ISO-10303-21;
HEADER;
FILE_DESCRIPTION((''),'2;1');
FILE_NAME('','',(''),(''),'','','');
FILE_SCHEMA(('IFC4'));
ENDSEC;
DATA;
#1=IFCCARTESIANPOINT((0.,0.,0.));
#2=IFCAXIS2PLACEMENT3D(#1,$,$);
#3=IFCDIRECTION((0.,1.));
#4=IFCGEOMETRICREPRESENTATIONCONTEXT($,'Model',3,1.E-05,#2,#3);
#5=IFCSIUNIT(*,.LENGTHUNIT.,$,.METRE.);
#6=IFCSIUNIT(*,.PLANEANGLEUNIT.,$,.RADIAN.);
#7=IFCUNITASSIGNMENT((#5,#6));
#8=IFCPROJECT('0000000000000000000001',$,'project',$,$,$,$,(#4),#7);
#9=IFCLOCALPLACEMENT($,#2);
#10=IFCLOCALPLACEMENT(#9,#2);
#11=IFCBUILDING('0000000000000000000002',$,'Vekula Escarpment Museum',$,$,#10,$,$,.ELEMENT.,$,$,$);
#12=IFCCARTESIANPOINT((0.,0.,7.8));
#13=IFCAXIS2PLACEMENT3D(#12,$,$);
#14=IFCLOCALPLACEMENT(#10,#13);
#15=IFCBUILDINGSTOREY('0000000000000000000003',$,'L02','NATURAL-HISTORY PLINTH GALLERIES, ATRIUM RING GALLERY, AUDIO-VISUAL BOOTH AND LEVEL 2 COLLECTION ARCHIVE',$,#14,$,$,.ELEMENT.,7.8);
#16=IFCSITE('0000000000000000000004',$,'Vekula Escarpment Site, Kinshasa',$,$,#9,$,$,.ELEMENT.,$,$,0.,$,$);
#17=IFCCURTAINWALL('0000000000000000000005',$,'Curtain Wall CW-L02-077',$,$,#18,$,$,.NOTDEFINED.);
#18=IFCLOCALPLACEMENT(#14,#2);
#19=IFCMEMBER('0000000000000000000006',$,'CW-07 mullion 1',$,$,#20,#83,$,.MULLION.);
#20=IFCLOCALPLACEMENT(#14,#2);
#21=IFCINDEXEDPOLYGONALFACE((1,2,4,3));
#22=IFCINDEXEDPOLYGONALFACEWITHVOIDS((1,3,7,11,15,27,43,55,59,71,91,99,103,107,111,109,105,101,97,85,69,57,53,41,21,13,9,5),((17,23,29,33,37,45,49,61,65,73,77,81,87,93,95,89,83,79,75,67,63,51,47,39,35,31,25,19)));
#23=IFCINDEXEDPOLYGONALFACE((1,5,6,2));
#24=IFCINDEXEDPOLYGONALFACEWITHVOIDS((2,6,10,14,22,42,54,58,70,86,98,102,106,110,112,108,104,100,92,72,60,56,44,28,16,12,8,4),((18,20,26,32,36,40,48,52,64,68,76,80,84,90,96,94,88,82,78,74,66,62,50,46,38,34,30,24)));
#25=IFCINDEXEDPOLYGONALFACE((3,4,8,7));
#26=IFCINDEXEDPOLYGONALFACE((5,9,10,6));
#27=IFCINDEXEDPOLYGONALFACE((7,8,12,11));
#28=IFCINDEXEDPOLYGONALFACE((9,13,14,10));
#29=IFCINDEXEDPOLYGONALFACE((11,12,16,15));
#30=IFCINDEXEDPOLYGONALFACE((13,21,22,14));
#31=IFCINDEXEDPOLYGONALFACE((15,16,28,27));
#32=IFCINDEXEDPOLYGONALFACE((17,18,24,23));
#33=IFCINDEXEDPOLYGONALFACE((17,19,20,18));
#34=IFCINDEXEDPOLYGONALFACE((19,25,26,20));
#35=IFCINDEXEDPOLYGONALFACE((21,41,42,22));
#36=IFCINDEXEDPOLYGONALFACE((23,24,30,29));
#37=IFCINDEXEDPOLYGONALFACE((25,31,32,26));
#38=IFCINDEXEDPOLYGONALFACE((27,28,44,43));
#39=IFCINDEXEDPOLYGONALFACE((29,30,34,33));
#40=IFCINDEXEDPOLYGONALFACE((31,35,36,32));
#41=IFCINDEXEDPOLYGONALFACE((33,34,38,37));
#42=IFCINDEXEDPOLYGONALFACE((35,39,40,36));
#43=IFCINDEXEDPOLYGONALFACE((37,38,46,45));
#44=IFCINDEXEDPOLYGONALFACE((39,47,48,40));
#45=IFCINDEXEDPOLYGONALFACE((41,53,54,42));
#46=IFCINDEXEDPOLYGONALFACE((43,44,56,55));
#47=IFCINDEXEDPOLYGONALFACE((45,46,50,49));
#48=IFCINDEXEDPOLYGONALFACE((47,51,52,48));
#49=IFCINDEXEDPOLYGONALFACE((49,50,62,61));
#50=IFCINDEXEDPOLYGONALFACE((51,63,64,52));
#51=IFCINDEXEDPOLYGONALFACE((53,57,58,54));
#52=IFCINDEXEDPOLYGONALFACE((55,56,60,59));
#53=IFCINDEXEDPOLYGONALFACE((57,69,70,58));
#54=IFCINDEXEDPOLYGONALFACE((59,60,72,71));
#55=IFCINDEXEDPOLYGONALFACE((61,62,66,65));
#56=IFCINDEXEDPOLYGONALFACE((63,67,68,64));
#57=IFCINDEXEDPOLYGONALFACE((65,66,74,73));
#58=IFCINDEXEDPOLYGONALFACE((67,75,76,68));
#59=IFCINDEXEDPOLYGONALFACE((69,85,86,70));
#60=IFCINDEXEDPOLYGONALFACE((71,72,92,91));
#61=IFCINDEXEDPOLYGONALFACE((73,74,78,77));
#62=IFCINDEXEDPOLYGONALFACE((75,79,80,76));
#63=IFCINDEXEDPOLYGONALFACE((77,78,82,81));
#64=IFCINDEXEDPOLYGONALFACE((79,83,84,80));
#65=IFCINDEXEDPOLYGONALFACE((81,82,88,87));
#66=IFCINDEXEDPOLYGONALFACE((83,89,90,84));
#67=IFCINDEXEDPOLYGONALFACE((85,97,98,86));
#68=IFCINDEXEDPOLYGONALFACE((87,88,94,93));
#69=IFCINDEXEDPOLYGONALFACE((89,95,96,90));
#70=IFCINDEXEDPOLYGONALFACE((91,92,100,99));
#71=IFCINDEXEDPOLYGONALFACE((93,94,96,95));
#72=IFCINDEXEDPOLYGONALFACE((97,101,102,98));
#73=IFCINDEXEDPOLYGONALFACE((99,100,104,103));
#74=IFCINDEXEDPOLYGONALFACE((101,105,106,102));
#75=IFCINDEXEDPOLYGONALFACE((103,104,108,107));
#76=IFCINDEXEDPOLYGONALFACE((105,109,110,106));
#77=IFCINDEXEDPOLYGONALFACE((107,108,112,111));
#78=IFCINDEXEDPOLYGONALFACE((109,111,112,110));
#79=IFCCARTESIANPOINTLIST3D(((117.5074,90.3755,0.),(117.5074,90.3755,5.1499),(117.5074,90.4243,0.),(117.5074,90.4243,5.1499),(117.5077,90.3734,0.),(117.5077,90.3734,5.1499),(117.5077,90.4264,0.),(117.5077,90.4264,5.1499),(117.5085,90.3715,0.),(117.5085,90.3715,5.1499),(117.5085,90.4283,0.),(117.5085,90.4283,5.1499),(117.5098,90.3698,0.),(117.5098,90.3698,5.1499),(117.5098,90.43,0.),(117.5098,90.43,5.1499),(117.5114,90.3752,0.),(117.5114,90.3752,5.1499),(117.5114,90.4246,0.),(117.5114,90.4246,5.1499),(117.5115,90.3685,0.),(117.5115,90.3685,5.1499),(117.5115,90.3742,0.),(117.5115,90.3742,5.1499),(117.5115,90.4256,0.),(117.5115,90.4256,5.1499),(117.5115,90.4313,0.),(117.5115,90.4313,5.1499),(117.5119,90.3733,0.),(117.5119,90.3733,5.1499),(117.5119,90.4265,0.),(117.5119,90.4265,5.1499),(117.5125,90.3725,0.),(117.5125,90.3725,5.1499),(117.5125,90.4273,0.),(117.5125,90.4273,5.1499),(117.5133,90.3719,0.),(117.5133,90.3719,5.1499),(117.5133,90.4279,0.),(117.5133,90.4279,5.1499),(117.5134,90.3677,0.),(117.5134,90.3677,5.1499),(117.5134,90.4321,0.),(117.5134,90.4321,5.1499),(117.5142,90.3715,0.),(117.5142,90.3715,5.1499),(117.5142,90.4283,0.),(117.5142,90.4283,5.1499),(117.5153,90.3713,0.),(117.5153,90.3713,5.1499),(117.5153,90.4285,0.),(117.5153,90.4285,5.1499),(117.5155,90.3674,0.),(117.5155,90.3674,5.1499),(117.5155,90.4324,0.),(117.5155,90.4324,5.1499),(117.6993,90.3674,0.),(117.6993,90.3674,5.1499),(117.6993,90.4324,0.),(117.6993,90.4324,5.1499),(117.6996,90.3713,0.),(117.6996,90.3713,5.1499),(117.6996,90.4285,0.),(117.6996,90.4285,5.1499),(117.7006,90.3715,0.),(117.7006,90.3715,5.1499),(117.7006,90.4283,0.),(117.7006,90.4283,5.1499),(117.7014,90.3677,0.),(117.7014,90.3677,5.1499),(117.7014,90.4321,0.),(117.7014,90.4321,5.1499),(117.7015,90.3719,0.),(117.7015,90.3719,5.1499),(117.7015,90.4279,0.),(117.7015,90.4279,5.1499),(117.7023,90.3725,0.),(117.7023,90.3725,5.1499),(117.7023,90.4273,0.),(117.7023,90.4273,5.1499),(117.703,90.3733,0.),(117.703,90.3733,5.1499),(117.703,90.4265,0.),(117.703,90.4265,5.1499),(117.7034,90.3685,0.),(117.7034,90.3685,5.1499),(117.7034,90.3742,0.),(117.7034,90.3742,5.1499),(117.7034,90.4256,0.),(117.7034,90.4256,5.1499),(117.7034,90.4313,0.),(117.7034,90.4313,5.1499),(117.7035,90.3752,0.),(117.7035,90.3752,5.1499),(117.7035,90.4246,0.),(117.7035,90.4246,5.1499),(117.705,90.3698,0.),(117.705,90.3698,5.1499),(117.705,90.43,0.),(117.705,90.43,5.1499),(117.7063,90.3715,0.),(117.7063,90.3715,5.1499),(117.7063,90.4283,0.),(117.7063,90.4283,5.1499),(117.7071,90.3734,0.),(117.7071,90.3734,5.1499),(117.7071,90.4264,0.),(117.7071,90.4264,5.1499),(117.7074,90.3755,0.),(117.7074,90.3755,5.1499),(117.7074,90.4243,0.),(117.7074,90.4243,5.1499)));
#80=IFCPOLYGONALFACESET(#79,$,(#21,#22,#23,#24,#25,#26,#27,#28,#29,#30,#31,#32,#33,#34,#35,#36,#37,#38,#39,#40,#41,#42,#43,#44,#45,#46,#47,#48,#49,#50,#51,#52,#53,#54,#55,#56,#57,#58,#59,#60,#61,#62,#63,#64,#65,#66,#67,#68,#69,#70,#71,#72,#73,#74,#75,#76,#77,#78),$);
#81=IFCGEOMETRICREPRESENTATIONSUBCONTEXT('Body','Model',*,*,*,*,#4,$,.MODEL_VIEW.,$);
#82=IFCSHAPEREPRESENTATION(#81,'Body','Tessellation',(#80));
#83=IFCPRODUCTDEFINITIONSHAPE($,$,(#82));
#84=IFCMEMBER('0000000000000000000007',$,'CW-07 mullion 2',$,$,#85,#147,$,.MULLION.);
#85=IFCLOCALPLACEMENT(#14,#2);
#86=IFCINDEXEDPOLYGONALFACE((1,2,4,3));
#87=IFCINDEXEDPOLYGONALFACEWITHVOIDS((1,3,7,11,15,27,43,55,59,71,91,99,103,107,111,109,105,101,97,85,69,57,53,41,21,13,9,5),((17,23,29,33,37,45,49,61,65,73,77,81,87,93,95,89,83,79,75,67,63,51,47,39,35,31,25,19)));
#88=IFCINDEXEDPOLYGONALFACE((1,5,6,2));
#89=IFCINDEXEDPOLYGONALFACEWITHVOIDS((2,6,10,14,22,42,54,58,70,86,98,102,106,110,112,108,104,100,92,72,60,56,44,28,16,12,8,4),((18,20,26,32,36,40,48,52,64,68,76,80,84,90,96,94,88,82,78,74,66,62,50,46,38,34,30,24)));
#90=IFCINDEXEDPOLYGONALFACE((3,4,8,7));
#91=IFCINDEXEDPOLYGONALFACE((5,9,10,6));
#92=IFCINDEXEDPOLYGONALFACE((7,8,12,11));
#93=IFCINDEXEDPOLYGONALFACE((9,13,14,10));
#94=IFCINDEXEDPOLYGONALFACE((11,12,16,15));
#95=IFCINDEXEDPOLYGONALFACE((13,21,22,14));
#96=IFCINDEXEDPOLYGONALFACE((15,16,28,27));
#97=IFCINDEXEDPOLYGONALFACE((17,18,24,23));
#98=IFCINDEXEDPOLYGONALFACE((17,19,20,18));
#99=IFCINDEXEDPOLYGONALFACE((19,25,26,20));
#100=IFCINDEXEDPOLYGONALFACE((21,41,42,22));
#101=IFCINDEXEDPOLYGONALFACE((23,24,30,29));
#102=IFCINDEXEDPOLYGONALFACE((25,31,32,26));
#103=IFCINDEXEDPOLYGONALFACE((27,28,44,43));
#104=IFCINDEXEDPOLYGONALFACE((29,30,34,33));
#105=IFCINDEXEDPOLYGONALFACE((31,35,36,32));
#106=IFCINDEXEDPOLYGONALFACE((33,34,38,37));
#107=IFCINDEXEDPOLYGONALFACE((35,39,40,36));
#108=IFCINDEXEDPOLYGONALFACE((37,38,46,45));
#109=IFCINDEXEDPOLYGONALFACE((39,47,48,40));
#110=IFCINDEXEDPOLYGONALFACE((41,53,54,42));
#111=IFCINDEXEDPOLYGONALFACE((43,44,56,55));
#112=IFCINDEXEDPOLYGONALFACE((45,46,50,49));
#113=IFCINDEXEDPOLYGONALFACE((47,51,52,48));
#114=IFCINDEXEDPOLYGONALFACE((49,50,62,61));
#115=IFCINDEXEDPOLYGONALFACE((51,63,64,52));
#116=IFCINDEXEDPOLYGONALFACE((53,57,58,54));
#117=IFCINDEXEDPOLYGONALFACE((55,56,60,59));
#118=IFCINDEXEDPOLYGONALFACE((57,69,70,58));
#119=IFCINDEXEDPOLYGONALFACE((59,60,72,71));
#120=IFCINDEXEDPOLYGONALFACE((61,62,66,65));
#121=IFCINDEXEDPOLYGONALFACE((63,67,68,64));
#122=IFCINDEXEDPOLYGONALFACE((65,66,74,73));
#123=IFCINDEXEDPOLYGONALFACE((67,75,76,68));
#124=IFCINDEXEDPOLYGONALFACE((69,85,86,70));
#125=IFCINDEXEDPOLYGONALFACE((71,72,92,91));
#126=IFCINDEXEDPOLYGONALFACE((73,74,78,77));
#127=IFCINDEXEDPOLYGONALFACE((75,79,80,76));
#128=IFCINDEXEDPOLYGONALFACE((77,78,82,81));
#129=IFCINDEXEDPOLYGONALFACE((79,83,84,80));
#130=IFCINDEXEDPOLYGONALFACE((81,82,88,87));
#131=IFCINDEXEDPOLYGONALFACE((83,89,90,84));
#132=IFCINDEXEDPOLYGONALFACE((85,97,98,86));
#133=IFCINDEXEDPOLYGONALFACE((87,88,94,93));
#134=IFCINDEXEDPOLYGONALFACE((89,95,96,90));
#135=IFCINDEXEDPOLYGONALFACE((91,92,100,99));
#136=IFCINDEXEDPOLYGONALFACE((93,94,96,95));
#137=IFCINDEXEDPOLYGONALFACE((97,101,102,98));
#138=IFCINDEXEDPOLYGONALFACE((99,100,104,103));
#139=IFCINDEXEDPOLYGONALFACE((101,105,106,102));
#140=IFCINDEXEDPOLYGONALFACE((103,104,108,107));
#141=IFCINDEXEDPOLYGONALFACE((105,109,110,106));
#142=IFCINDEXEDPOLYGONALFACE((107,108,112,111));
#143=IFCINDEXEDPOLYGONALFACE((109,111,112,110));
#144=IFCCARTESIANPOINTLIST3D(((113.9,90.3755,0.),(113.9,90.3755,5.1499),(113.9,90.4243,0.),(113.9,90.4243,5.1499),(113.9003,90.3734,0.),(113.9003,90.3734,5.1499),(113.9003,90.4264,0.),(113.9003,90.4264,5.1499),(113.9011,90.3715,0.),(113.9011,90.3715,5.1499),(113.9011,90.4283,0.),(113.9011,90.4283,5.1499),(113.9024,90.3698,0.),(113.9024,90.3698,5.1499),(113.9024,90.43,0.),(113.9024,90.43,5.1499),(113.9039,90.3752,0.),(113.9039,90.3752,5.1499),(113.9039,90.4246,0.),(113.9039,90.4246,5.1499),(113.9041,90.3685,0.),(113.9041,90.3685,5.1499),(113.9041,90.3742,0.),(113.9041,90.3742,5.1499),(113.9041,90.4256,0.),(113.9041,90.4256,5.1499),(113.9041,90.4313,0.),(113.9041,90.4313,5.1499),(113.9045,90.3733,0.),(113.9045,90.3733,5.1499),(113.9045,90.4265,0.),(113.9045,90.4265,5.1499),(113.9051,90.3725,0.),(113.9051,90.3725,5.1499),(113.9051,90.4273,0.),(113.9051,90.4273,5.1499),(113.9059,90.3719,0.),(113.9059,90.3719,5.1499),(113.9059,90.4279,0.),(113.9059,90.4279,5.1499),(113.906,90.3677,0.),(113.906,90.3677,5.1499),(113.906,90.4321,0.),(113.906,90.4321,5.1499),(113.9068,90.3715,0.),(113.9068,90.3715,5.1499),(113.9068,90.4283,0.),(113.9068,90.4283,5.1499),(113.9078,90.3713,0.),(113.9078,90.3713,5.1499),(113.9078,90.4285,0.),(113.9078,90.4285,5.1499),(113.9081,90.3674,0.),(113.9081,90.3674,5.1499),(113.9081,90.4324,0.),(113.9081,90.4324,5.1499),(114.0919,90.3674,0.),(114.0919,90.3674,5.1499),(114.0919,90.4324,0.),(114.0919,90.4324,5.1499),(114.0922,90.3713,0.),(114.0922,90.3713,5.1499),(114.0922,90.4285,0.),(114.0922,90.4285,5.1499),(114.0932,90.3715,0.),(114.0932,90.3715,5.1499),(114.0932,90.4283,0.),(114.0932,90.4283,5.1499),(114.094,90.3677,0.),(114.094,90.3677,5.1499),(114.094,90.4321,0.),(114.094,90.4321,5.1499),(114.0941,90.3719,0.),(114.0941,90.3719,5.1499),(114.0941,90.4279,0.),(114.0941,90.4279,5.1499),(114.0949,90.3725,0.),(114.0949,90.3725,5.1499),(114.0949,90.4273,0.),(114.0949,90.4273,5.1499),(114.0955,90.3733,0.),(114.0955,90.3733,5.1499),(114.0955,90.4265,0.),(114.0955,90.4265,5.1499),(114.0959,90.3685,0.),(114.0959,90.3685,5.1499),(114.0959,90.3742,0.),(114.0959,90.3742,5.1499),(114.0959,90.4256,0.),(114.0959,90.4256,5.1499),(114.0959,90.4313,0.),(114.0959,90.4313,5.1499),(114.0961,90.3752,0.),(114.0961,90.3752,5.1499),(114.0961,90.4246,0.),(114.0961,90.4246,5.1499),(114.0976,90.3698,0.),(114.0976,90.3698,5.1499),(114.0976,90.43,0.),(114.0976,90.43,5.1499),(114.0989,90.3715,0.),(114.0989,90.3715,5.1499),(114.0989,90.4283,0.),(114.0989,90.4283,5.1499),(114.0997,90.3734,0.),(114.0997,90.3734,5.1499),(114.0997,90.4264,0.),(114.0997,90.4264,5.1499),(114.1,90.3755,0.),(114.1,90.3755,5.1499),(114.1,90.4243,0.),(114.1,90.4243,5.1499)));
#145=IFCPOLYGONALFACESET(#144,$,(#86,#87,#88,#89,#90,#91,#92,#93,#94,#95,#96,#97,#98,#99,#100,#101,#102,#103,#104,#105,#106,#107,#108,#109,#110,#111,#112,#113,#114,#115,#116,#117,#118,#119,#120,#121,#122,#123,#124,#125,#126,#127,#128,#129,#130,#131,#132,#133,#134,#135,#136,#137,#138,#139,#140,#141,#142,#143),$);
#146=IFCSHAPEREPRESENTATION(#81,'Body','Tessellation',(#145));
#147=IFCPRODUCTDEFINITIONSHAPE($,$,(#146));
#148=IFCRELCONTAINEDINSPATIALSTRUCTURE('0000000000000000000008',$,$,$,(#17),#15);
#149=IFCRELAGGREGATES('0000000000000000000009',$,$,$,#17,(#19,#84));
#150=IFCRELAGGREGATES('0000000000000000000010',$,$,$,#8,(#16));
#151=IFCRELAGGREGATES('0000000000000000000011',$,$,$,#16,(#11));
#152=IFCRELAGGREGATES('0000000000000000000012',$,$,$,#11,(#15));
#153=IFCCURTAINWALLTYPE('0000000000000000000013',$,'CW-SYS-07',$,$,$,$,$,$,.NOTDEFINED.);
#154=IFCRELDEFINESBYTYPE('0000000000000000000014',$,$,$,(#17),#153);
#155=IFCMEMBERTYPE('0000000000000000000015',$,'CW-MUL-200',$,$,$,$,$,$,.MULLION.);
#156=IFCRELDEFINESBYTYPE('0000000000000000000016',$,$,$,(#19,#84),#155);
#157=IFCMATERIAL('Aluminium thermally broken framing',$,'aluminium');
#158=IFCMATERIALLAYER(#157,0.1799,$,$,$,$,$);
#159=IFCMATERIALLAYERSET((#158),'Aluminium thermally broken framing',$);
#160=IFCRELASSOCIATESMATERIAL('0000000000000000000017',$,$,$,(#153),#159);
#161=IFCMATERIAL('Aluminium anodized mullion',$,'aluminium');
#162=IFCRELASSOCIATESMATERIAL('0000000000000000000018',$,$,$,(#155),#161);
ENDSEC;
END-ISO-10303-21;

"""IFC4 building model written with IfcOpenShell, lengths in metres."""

from ifc_helpers import new_model, si_unit, direction, frame, origin, origin_2d, place, context, subcontext, project, spatial, hollow_rectangle, extrude, material, layer, layer_set, material_profile, profile_set, type_object, element, aggregate, save


model = new_model("IFC4")

# Units and contexts
model_context = context("Model", 3, precision=1e-05, world=origin(), true_north=direction((0.0, 1.0)))
body_context = subcontext(model_context, "Body", "Model", "MODEL_VIEW")
ifc_project = project(units=[si_unit("LENGTHUNIT", "METRE"), si_unit("PLANEANGLEUNIT", "RADIAN")], contexts=[model_context])

# Site, building, storey
site_placement = place(None, origin())
site = spatial("IfcSite", under=ifc_project, at=site_placement, Name="Vekula Escarpment Site, Kinshasa", CompositionType="ELEMENT", RefElevation=0.0)
building_placement = place(site_placement, origin())
building = spatial("IfcBuilding", under=site, at=building_placement, Name="Vekula Escarpment Museum", CompositionType="ELEMENT")
storey_placement = place(building_placement, frame((0.0, 0.0, 7.8)))
storey = spatial("IfcBuildingStorey", under=building, at=storey_placement, Name="L02", Description="NATURAL-HISTORY PLINTH GALLERIES, ATRIUM RING GALLERY, AUDIO-VISUAL BOOTH AND LEVEL 2 COLLECTION ARCHIVE", CompositionType="ELEMENT", Elevation=7.8)

# Curtain wall, members
ifc_material_1 = material(Name="Aluminium thermally broken framing", Category="aluminium")
ifc_layer_1 = layer(ifc_material_1, 0.1799)
ifc_layer_set_1 = layer_set([ifc_layer_1], Name="Aluminium thermally broken framing")
curtain_wall_type = type_object("IfcCurtainWallType", Name="CW-SYS-07", PredefinedType="NOTDEFINED", material=ifc_layer_set_1)
curtain_wall_placement = place(storey_placement, origin())
curtain_wall = element("IfcCurtainWall", 1, at=curtain_wall_placement, inside=storey, type_object=curtain_wall_type, Name="Curtain Wall CW-L02-077", PredefinedType="NOTDEFINED")
ifc_material_2 = material(Name="Aluminium anodized mullion", Category="aluminium")
ifc_material_profile_1 = material_profile(ifc_material_2, hollow_rectangle(XDim=0.0649, YDim=0.2, WallThickness=0.0039, InnerFilletRadius=0.0039, OuterFilletRadius=0.0081, at=origin_2d()), Name="ALU 200x65x4")
ifc_profile_set_1 = profile_set([ifc_material_profile_1], Name="Aluminium anodized mullion")
member_type_1 = type_object("IfcMemberType", Name="CW-MUL-200", PredefinedType="MULLION", material=ifc_profile_set_1)
member_1_placement = place(storey_placement, frame((117.6074, 90.3999, 0.0), z_axis=(0.0, 0.0, 1.0), x_axis=(0.0, -1.0, 0.0)))
member_1 = element("IfcMember", 2, at=member_1_placement, type_object=member_type_1, Name="CW-07 mullion 1", PredefinedType="MULLION", context=body_context, shape_type="SweptSolid", body=[
    extrude(hollow_rectangle(XDim=0.0649, YDim=0.2, WallThickness=0.0039, InnerFilletRadius=0.0039, OuterFilletRadius=0.0081, at=origin_2d()), origin(), (0.0, 0.0, 1.0), 5.1499),
])
member_2_placement = place(storey_placement, frame((114.0, 90.3999, 0.0), z_axis=(0.0, 0.0, 1.0), x_axis=(0.0, -1.0, 0.0)))
member_2 = element("IfcMember", 3, at=member_2_placement, type_object=member_type_1, Name="CW-07 mullion 2", PredefinedType="MULLION", context=body_context, shape_type="SweptSolid", body=[
    extrude(hollow_rectangle(XDim=0.0649, YDim=0.2, WallThickness=0.0039, InnerFilletRadius=0.0039, OuterFilletRadius=0.0081, at=origin_2d()), origin(), (0.0, 0.0, 1.0), 5.1499),
])

aggregate(curtain_wall, [member_1, member_2])

save(model, "model.ifc")
